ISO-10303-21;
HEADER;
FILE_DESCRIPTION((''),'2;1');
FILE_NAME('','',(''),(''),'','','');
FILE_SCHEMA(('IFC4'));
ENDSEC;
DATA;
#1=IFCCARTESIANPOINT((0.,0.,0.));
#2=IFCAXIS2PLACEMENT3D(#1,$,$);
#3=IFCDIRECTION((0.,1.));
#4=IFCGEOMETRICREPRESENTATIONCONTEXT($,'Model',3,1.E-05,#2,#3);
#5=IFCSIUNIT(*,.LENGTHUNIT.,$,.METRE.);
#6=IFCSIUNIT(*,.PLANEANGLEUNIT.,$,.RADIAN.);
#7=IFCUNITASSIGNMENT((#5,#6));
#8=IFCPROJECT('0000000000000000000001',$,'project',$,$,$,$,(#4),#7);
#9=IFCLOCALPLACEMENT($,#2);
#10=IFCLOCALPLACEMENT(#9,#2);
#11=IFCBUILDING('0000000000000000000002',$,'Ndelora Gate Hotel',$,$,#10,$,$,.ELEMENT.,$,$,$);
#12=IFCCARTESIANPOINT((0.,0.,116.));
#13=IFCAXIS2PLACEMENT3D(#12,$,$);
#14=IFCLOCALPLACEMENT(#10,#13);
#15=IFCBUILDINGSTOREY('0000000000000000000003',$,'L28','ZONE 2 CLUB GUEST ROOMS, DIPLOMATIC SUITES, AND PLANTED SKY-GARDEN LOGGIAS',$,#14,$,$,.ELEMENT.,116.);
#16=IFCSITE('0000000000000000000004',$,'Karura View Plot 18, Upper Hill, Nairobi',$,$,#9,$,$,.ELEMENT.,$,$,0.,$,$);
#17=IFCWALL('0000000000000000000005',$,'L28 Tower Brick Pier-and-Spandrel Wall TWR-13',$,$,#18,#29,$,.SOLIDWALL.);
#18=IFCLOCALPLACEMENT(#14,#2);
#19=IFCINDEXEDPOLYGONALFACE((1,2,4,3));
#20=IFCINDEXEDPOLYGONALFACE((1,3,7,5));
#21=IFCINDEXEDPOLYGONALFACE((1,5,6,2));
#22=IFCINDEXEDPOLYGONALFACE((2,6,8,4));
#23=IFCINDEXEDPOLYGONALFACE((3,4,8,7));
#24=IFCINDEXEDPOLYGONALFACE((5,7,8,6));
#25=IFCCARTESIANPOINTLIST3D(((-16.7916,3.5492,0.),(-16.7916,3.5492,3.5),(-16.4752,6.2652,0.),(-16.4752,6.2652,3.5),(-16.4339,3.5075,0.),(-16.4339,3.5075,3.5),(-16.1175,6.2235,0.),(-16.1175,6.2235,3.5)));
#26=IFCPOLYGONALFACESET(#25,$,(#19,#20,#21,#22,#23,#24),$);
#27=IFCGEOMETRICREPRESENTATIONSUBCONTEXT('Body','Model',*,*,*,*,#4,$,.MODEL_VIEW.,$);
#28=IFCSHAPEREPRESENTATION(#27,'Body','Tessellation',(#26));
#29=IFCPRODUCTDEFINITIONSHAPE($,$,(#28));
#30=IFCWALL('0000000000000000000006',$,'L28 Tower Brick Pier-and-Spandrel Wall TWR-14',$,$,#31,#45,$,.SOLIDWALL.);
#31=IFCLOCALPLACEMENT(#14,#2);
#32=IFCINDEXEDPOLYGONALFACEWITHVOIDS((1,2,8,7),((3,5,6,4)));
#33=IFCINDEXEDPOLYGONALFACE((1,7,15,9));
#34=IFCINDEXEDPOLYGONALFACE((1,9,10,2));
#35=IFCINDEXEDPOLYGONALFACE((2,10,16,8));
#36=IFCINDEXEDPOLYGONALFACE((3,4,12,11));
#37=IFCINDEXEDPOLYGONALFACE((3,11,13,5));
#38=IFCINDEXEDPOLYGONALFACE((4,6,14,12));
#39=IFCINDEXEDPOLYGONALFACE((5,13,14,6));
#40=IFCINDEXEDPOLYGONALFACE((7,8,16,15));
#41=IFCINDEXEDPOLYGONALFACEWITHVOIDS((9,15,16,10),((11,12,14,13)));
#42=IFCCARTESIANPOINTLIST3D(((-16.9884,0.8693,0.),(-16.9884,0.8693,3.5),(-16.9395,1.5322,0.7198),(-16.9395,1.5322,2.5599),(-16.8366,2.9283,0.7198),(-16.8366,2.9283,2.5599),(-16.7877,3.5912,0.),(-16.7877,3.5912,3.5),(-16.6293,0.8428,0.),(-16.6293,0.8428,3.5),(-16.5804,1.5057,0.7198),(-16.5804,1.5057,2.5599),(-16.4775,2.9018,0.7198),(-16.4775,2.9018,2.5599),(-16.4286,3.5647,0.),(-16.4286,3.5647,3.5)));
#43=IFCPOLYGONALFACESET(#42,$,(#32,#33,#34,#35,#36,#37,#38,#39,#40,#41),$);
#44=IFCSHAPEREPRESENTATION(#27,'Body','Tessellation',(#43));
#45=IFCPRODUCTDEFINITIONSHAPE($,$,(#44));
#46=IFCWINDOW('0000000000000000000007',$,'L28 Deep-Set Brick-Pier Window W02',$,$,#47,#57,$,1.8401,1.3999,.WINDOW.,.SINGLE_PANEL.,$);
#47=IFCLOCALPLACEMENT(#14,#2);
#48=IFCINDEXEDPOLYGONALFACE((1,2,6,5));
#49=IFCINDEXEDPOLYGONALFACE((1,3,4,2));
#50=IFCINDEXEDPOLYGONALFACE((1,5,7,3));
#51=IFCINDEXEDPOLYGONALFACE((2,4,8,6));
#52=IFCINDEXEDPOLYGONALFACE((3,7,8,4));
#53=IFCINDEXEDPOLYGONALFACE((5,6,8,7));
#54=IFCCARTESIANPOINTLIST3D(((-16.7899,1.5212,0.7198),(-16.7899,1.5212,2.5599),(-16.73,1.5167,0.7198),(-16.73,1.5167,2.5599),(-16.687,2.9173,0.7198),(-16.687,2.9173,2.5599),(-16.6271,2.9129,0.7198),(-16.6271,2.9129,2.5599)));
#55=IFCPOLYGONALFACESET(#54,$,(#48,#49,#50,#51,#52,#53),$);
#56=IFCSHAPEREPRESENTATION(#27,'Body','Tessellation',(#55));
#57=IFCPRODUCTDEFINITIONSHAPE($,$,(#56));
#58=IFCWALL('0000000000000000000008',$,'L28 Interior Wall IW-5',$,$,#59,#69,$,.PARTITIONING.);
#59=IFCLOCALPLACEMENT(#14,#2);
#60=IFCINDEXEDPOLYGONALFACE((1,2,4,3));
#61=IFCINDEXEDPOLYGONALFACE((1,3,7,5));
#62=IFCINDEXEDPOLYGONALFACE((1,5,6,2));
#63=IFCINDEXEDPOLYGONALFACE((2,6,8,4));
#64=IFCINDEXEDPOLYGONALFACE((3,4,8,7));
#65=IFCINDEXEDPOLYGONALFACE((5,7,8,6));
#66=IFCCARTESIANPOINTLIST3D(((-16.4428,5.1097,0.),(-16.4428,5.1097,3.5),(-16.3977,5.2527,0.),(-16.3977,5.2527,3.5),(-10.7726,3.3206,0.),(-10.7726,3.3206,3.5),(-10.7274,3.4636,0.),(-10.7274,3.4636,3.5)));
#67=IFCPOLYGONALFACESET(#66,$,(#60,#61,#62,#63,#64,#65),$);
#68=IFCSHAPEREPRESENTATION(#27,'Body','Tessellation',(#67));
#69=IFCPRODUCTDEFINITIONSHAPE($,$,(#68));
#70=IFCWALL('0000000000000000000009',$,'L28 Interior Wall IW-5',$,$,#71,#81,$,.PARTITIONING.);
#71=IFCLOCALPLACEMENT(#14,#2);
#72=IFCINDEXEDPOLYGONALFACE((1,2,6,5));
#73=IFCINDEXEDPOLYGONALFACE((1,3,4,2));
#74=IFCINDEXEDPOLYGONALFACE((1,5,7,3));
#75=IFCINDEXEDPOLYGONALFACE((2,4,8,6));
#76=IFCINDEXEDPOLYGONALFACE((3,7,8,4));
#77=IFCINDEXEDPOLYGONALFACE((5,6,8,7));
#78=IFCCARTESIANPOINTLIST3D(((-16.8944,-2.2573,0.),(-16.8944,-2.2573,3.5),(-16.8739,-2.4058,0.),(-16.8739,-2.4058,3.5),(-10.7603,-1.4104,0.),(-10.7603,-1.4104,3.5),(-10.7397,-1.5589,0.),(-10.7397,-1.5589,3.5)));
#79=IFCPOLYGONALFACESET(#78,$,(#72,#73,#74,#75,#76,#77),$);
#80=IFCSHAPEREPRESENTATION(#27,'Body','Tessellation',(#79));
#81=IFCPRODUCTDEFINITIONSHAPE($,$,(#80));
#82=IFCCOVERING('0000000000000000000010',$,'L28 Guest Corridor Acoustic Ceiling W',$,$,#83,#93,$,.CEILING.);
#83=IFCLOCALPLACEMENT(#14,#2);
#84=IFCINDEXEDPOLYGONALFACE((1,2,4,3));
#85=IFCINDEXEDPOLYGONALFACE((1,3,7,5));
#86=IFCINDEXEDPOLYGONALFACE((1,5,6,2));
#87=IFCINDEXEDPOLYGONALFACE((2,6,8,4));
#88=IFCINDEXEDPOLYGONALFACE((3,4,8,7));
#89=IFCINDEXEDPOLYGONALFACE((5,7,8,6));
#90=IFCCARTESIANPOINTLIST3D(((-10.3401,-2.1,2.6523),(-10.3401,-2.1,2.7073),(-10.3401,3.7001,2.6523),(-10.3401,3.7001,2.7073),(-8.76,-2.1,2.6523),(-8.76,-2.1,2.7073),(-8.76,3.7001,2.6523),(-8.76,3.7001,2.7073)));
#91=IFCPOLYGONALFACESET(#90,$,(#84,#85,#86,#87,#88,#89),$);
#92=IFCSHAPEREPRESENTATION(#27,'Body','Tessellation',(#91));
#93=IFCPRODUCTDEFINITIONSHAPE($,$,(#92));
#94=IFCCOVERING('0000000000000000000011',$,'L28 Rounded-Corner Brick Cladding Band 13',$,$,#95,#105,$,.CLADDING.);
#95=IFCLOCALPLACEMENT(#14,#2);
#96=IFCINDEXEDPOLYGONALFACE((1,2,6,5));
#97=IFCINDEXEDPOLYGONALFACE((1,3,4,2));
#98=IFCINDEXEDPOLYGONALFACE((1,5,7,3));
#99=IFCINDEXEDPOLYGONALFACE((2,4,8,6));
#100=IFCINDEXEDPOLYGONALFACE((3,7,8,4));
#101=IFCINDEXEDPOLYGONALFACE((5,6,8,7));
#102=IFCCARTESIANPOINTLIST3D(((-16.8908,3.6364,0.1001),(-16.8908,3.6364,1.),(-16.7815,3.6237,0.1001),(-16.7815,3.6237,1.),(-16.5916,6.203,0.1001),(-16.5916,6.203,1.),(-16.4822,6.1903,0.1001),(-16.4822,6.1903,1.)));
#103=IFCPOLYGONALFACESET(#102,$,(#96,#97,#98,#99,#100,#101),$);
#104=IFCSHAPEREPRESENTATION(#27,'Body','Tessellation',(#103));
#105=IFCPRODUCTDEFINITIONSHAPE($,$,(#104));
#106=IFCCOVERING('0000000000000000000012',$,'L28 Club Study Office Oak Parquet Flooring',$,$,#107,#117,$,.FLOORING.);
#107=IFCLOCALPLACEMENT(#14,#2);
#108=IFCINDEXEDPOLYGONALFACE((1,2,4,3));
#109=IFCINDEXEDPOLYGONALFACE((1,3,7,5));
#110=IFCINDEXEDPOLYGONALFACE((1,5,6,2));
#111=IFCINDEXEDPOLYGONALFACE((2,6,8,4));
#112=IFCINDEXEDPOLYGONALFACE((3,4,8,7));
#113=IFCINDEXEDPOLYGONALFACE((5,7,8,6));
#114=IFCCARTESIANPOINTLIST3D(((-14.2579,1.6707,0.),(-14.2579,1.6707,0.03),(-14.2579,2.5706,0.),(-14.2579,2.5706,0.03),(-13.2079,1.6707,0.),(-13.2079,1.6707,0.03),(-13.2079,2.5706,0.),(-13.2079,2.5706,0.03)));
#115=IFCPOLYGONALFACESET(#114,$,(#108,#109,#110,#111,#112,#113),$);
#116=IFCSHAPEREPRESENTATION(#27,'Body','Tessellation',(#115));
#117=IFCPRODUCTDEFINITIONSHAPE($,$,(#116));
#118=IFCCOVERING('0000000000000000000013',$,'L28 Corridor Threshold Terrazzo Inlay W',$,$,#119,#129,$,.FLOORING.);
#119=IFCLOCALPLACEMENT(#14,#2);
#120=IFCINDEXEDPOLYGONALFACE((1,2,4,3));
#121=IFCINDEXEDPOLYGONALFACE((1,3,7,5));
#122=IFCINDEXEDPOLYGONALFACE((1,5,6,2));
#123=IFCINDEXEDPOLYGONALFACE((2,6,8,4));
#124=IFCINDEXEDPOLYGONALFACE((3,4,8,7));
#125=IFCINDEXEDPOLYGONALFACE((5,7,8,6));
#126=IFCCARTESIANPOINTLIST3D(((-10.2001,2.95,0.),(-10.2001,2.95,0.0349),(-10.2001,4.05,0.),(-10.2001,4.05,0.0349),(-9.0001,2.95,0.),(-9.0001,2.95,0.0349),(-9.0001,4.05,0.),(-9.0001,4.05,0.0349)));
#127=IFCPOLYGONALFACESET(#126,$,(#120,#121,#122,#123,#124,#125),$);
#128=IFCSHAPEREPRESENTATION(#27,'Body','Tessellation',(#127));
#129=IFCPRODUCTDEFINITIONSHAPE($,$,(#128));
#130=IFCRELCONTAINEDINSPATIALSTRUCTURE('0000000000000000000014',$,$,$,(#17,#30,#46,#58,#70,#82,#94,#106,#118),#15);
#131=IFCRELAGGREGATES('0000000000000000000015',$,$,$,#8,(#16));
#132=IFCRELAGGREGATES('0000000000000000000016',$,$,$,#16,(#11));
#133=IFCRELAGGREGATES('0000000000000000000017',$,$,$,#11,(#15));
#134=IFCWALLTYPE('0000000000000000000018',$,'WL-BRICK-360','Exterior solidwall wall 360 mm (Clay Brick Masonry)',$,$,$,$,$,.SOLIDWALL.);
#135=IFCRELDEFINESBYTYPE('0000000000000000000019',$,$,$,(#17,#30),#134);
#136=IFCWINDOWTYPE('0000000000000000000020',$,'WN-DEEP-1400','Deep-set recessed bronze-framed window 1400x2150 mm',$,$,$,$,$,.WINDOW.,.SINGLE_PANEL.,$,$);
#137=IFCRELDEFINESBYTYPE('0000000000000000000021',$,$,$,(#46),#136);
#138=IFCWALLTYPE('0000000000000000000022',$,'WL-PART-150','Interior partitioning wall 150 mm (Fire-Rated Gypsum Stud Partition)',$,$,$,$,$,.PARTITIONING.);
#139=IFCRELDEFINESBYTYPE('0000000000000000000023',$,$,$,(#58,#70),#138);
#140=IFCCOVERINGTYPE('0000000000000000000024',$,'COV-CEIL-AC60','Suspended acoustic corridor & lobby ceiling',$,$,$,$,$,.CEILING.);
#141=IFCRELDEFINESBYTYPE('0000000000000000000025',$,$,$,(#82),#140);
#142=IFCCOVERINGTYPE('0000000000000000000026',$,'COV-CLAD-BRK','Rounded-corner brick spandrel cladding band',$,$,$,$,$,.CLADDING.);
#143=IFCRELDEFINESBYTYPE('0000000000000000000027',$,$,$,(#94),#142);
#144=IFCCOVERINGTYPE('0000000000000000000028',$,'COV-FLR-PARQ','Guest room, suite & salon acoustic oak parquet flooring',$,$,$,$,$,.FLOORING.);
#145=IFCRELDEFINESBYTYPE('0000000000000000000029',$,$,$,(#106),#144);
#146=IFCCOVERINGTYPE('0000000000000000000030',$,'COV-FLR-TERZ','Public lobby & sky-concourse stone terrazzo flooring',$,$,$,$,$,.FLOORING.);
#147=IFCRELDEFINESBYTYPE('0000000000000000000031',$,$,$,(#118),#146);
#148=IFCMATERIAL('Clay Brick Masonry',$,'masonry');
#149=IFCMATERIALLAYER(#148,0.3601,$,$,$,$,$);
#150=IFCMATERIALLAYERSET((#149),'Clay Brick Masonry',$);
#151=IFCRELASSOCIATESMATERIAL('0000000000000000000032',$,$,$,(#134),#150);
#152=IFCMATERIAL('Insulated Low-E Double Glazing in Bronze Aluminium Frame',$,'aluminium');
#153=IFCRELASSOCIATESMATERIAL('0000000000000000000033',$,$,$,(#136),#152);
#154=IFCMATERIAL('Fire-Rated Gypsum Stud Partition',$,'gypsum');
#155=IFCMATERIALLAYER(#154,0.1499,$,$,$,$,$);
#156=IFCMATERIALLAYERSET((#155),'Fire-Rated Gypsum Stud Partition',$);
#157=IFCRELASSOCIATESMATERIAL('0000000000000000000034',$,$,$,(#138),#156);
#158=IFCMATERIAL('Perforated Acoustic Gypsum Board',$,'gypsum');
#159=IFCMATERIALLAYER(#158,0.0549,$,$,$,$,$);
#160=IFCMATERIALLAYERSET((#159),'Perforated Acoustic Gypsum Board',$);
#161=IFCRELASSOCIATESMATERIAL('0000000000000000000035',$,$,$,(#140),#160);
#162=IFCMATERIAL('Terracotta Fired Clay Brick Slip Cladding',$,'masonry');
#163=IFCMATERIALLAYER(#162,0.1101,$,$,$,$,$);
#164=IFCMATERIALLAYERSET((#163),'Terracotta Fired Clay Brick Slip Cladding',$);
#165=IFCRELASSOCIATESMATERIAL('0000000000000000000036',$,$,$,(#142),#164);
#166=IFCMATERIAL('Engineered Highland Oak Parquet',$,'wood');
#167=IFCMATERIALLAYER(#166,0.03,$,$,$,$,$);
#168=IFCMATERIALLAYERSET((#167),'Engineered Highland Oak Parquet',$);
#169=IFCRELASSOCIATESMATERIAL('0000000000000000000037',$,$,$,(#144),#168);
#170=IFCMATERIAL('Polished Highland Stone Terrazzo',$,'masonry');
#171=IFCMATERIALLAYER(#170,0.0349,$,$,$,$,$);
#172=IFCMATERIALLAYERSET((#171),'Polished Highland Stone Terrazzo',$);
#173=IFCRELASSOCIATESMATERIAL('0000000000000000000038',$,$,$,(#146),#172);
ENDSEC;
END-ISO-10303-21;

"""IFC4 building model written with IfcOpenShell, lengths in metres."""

from ifc_helpers import new_model, si_unit, direction, frame, frame_2d, origin, origin_2d, place, context, subcontext, project, spatial, rectangle, extrude, material, layer, layer_set, type_object, element, fill, save


model = new_model("IFC4")

# Units and contexts
model_context = context("Model", 3, precision=1e-05, world=origin(), true_north=direction((0.0, 1.0)))
body_context = subcontext(model_context, "Body", "Model", "MODEL_VIEW")
ifc_project = project(units=[si_unit("LENGTHUNIT", "METRE"), si_unit("PLANEANGLEUNIT", "RADIAN")], contexts=[model_context])

# Site, building, storey
site_placement = place(None, origin())
site = spatial("IfcSite", under=ifc_project, at=site_placement, Name="Karura View Plot 18, Upper Hill, Nairobi", CompositionType="ELEMENT", RefElevation=0.0)
building_placement = place(site_placement, origin())
building = spatial("IfcBuilding", under=site, at=building_placement, Name="Ndelora Gate Hotel", CompositionType="ELEMENT")
storey_placement = place(building_placement, frame((0.0, 0.0, 116.0)))
storey = spatial("IfcBuildingStorey", under=building, at=storey_placement, Name="L28", Description="ZONE 2 CLUB GUEST ROOMS, DIPLOMATIC SUITES, AND PLANTED SKY-GARDEN LOGGIAS", CompositionType="ELEMENT", Elevation=116.0)

# Shared definitions
ifc_material_1 = material(Name="Clay Brick Masonry", Category="masonry")
ifc_layer_1 = layer(ifc_material_1, 0.3601)
ifc_layer_set_1 = layer_set([ifc_layer_1], Name="Clay Brick Masonry")
wall_type_1 = type_object("IfcWallType", Name="WL-BRICK-360", Description="Exterior solidwall wall 360 mm (Clay Brick Masonry)", PredefinedType="SOLIDWALL", material=ifc_layer_set_1)
ifc_material_2 = material(Name="Insulated Low-E Double Glazing in Bronze Aluminium Frame", Category="aluminium")
window_type = type_object("IfcWindowType", Name="WN-DEEP-1400", Description="Deep-set recessed bronze-framed window 1400x2150 mm", PartitioningType="SINGLE_PANEL", PredefinedType="WINDOW", material=ifc_material_2)

# Wall
wall_1_placement = place(storey_placement, frame((-16.6128, 3.5283, 0.0), z_axis=(0.0, 0.0, 1.0), x_axis=(0.115712, 0.993283, 0.0)))
element("IfcWall", 1, at=wall_1_placement, inside=storey, type_object=wall_type_1, Name="L28 Tower Brick Pier-and-Spandrel Wall TWR-13", PredefinedType="SOLIDWALL", context=body_context, shape_type="SweptSolid", body=[
    extrude(rectangle(XDim=2.7344, YDim=0.3601, at=frame_2d((1.3672, 0.0))), origin(), (0.0, 0.0, 1.0), 3.5),
])

# Wall, opening, window
wall_2_placement = place(storey_placement, frame((-16.8088, 0.856, 0.0), z_axis=(0.0, 0.0, 1.0), x_axis=(0.073529, 0.997293, 0.0)))
wall_2 = element("IfcWall", 2, at=wall_2_placement, inside=storey, type_object=wall_type_1, Name="L28 Tower Brick Pier-and-Spandrel Wall TWR-14", PredefinedType="SOLIDWALL", context=body_context, shape_type="SweptSolid", body=[
    extrude(rectangle(XDim=2.7292, YDim=0.3601, at=frame_2d((1.3647, 0.0))), origin(), (0.0, 0.0, 1.0), 3.5),
])
opening_1_placement = place(wall_2_placement, frame((0.6648, 0.0, 0.72)))
opening_1 = element("IfcOpeningElement", 3, at=opening_1_placement, cuts=wall_2, PredefinedType="OPENING", context=body_context, shape_type="SweptSolid", body=[
    extrude(rectangle(XDim=1.3999, YDim=1.8401, at=frame_2d((0.7, 0.9199))), frame((0.0, 0.1899, 0.0), z_axis=(0.0, -1.0, 0.0), x_axis=(1.0, 0.0, 0.0)), (0.0, 0.0, 1.0), 0.3801),
])
window_1_placement = place(opening_1_placement, origin())
window_1 = element("IfcWindow", 4, at=window_1_placement, inside=storey, type_object=window_type, Name="L28 Deep-Set Brick-Pier Window W02", OverallHeight=1.8401, OverallWidth=1.3999, PartitioningType="SINGLE_PANEL", PredefinedType="WINDOW", context=body_context, shape_type="SweptSolid", body=[
    extrude(rectangle(XDim=1.3999, YDim=1.8401, at=frame_2d((0.7, 0.9199))), frame((0.0, 0.03, 0.0), z_axis=(0.0, -1.0, 0.0), x_axis=(1.0, 0.0, 0.0)), (0.0, 0.0, 1.0), 0.0601),
])
fill(opening_1, window_1)

# Walls
ifc_material_3 = material(Name="Fire-Rated Gypsum Stud Partition", Category="gypsum")
ifc_layer_2 = layer(ifc_material_3, 0.1499)
ifc_layer_set_2 = layer_set([ifc_layer_2], Name="Fire-Rated Gypsum Stud Partition")
wall_type_2 = type_object("IfcWallType", Name="WL-PART-150", Description="Interior partitioning wall 150 mm (Fire-Rated Gypsum Stud Partition)", PredefinedType="PARTITIONING", material=ifc_layer_set_2)
wall_3_placement = place(storey_placement, frame((-10.75, 3.3921, 0.0), z_axis=(0.0, 0.0, 1.0), x_axis=(-0.953656, 0.300899, 0.0)))
element("IfcWall", 5, at=wall_3_placement, inside=storey, type_object=wall_type_2, Name="L28 Interior Wall IW-5", PredefinedType="PARTITIONING", context=body_context, shape_type="SweptSolid", body=[
    extrude(rectangle(XDim=5.9458, YDim=0.1499, at=frame_2d((2.9729, 0.0))), origin(), (0.0, 0.0, 1.0), 3.5),
])
wall_4_placement = place(storey_placement, frame((-10.75, -1.4846, 0.0), z_axis=(0.0, 0.0, 1.0), x_axis=(-0.990603, -0.136767, 0.0)))
element("IfcWall", 6, at=wall_4_placement, inside=storey, type_object=wall_type_2, Name="L28 Interior Wall IW-5", PredefinedType="PARTITIONING", context=body_context, shape_type="SweptSolid", body=[
    extrude(rectangle(XDim=6.1924, YDim=0.1499, at=frame_2d((3.0962, 0.0))), origin(), (0.0, 0.0, 1.0), 3.5),
])

# Coverings
ifc_material_4 = material(Name="Perforated Acoustic Gypsum Board", Category="gypsum")
ifc_layer_3 = layer(ifc_material_4, 0.0549)
ifc_layer_set_3 = layer_set([ifc_layer_3], Name="Perforated Acoustic Gypsum Board")
covering_type_1 = type_object("IfcCoveringType", Name="COV-CEIL-AC60", Description="Suspended acoustic corridor & lobby ceiling", PredefinedType="CEILING", material=ifc_layer_set_3)
covering_1_placement = place(storey_placement, frame((-9.55, 0.8, 2.6523), z_axis=(0.0, 0.0, 1.0), x_axis=(1.0, 0.0, 0.0)))
element("IfcCovering", 7, at=covering_1_placement, inside=storey, type_object=covering_type_1, Name="L28 Guest Corridor Acoustic Ceiling W", PredefinedType="CEILING", context=body_context, shape_type="SweptSolid", body=[
    extrude(rectangle(XDim=1.5801, YDim=5.8, at=origin_2d()), origin(), (0.0, 0.0, 1.0), 0.0549),
])
ifc_material_5 = material(Name="Terracotta Fired Clay Brick Slip Cladding", Category="masonry")
ifc_layer_4 = layer(ifc_material_5, 0.1101)
ifc_layer_set_4 = layer_set([ifc_layer_4], Name="Terracotta Fired Clay Brick Slip Cladding")
covering_type_2 = type_object("IfcCoveringType", Name="COV-CLAD-BRK", Description="Rounded-corner brick spandrel cladding band", PredefinedType="CLADDING", material=ifc_layer_set_4)
covering_2_placement = place(storey_placement, frame((-16.6865, 4.9133, 0.1001), z_axis=(0.0, 0.0, 1.0), x_axis=(0.115804, 0.993272, 0.0)))
element("IfcCovering", 8, at=covering_2_placement, inside=storey, type_object=covering_type_2, Name="L28 Rounded-Corner Brick Cladding Band 13", PredefinedType="CLADDING", context=body_context, shape_type="SweptSolid", body=[
    extrude(rectangle(XDim=2.584, YDim=0.1101, at=origin_2d()), origin(), (0.0, 0.0, 1.0), 0.8999),
])
ifc_material_6 = material(Name="Engineered Highland Oak Parquet", Category="wood")
ifc_layer_5 = layer(ifc_material_6, 0.03)
ifc_layer_set_5 = layer_set([ifc_layer_5], Name="Engineered Highland Oak Parquet")
covering_type_3 = type_object("IfcCoveringType", Name="COV-FLR-PARQ", Description="Guest room, suite & salon acoustic oak parquet flooring", PredefinedType="FLOORING", material=ifc_layer_set_5)
covering_3_placement = place(storey_placement, frame((-13.7329, 2.1206, 0.0), z_axis=(0.0, 0.0, 1.0), x_axis=(1.0, 0.0, 0.0)))
element("IfcCovering", 9, at=covering_3_placement, inside=storey, type_object=covering_type_3, Name="L28 Club Study Office Oak Parquet Flooring", PredefinedType="FLOORING", context=body_context, shape_type="SweptSolid", body=[
    extrude(rectangle(XDim=1.05, YDim=0.8999, at=origin_2d()), origin(), (0.0, 0.0, 1.0), 0.03),
])
ifc_material_7 = material(Name="Polished Highland Stone Terrazzo", Category="masonry")
ifc_layer_6 = layer(ifc_material_7, 0.0349)
ifc_layer_set_6 = layer_set([ifc_layer_6], Name="Polished Highland Stone Terrazzo")
covering_type_4 = type_object("IfcCoveringType", Name="COV-FLR-TERZ", Description="Public lobby & sky-concourse stone terrazzo flooring", PredefinedType="FLOORING", material=ifc_layer_set_6)
covering_4_placement = place(storey_placement, frame((-9.6001, 3.5, 0.0), z_axis=(0.0, 0.0, 1.0), x_axis=(1.0, 0.0, 0.0)))
element("IfcCovering", 10, at=covering_4_placement, inside=storey, type_object=covering_type_4, Name="L28 Corridor Threshold Terrazzo Inlay W", PredefinedType="FLOORING", context=body_context, shape_type="SweptSolid", body=[
    extrude(rectangle(XDim=1.2, YDim=1.1001, at=origin_2d()), origin(), (0.0, 0.0, 1.0), 0.0349),
])

save(model, "model.ifc")
